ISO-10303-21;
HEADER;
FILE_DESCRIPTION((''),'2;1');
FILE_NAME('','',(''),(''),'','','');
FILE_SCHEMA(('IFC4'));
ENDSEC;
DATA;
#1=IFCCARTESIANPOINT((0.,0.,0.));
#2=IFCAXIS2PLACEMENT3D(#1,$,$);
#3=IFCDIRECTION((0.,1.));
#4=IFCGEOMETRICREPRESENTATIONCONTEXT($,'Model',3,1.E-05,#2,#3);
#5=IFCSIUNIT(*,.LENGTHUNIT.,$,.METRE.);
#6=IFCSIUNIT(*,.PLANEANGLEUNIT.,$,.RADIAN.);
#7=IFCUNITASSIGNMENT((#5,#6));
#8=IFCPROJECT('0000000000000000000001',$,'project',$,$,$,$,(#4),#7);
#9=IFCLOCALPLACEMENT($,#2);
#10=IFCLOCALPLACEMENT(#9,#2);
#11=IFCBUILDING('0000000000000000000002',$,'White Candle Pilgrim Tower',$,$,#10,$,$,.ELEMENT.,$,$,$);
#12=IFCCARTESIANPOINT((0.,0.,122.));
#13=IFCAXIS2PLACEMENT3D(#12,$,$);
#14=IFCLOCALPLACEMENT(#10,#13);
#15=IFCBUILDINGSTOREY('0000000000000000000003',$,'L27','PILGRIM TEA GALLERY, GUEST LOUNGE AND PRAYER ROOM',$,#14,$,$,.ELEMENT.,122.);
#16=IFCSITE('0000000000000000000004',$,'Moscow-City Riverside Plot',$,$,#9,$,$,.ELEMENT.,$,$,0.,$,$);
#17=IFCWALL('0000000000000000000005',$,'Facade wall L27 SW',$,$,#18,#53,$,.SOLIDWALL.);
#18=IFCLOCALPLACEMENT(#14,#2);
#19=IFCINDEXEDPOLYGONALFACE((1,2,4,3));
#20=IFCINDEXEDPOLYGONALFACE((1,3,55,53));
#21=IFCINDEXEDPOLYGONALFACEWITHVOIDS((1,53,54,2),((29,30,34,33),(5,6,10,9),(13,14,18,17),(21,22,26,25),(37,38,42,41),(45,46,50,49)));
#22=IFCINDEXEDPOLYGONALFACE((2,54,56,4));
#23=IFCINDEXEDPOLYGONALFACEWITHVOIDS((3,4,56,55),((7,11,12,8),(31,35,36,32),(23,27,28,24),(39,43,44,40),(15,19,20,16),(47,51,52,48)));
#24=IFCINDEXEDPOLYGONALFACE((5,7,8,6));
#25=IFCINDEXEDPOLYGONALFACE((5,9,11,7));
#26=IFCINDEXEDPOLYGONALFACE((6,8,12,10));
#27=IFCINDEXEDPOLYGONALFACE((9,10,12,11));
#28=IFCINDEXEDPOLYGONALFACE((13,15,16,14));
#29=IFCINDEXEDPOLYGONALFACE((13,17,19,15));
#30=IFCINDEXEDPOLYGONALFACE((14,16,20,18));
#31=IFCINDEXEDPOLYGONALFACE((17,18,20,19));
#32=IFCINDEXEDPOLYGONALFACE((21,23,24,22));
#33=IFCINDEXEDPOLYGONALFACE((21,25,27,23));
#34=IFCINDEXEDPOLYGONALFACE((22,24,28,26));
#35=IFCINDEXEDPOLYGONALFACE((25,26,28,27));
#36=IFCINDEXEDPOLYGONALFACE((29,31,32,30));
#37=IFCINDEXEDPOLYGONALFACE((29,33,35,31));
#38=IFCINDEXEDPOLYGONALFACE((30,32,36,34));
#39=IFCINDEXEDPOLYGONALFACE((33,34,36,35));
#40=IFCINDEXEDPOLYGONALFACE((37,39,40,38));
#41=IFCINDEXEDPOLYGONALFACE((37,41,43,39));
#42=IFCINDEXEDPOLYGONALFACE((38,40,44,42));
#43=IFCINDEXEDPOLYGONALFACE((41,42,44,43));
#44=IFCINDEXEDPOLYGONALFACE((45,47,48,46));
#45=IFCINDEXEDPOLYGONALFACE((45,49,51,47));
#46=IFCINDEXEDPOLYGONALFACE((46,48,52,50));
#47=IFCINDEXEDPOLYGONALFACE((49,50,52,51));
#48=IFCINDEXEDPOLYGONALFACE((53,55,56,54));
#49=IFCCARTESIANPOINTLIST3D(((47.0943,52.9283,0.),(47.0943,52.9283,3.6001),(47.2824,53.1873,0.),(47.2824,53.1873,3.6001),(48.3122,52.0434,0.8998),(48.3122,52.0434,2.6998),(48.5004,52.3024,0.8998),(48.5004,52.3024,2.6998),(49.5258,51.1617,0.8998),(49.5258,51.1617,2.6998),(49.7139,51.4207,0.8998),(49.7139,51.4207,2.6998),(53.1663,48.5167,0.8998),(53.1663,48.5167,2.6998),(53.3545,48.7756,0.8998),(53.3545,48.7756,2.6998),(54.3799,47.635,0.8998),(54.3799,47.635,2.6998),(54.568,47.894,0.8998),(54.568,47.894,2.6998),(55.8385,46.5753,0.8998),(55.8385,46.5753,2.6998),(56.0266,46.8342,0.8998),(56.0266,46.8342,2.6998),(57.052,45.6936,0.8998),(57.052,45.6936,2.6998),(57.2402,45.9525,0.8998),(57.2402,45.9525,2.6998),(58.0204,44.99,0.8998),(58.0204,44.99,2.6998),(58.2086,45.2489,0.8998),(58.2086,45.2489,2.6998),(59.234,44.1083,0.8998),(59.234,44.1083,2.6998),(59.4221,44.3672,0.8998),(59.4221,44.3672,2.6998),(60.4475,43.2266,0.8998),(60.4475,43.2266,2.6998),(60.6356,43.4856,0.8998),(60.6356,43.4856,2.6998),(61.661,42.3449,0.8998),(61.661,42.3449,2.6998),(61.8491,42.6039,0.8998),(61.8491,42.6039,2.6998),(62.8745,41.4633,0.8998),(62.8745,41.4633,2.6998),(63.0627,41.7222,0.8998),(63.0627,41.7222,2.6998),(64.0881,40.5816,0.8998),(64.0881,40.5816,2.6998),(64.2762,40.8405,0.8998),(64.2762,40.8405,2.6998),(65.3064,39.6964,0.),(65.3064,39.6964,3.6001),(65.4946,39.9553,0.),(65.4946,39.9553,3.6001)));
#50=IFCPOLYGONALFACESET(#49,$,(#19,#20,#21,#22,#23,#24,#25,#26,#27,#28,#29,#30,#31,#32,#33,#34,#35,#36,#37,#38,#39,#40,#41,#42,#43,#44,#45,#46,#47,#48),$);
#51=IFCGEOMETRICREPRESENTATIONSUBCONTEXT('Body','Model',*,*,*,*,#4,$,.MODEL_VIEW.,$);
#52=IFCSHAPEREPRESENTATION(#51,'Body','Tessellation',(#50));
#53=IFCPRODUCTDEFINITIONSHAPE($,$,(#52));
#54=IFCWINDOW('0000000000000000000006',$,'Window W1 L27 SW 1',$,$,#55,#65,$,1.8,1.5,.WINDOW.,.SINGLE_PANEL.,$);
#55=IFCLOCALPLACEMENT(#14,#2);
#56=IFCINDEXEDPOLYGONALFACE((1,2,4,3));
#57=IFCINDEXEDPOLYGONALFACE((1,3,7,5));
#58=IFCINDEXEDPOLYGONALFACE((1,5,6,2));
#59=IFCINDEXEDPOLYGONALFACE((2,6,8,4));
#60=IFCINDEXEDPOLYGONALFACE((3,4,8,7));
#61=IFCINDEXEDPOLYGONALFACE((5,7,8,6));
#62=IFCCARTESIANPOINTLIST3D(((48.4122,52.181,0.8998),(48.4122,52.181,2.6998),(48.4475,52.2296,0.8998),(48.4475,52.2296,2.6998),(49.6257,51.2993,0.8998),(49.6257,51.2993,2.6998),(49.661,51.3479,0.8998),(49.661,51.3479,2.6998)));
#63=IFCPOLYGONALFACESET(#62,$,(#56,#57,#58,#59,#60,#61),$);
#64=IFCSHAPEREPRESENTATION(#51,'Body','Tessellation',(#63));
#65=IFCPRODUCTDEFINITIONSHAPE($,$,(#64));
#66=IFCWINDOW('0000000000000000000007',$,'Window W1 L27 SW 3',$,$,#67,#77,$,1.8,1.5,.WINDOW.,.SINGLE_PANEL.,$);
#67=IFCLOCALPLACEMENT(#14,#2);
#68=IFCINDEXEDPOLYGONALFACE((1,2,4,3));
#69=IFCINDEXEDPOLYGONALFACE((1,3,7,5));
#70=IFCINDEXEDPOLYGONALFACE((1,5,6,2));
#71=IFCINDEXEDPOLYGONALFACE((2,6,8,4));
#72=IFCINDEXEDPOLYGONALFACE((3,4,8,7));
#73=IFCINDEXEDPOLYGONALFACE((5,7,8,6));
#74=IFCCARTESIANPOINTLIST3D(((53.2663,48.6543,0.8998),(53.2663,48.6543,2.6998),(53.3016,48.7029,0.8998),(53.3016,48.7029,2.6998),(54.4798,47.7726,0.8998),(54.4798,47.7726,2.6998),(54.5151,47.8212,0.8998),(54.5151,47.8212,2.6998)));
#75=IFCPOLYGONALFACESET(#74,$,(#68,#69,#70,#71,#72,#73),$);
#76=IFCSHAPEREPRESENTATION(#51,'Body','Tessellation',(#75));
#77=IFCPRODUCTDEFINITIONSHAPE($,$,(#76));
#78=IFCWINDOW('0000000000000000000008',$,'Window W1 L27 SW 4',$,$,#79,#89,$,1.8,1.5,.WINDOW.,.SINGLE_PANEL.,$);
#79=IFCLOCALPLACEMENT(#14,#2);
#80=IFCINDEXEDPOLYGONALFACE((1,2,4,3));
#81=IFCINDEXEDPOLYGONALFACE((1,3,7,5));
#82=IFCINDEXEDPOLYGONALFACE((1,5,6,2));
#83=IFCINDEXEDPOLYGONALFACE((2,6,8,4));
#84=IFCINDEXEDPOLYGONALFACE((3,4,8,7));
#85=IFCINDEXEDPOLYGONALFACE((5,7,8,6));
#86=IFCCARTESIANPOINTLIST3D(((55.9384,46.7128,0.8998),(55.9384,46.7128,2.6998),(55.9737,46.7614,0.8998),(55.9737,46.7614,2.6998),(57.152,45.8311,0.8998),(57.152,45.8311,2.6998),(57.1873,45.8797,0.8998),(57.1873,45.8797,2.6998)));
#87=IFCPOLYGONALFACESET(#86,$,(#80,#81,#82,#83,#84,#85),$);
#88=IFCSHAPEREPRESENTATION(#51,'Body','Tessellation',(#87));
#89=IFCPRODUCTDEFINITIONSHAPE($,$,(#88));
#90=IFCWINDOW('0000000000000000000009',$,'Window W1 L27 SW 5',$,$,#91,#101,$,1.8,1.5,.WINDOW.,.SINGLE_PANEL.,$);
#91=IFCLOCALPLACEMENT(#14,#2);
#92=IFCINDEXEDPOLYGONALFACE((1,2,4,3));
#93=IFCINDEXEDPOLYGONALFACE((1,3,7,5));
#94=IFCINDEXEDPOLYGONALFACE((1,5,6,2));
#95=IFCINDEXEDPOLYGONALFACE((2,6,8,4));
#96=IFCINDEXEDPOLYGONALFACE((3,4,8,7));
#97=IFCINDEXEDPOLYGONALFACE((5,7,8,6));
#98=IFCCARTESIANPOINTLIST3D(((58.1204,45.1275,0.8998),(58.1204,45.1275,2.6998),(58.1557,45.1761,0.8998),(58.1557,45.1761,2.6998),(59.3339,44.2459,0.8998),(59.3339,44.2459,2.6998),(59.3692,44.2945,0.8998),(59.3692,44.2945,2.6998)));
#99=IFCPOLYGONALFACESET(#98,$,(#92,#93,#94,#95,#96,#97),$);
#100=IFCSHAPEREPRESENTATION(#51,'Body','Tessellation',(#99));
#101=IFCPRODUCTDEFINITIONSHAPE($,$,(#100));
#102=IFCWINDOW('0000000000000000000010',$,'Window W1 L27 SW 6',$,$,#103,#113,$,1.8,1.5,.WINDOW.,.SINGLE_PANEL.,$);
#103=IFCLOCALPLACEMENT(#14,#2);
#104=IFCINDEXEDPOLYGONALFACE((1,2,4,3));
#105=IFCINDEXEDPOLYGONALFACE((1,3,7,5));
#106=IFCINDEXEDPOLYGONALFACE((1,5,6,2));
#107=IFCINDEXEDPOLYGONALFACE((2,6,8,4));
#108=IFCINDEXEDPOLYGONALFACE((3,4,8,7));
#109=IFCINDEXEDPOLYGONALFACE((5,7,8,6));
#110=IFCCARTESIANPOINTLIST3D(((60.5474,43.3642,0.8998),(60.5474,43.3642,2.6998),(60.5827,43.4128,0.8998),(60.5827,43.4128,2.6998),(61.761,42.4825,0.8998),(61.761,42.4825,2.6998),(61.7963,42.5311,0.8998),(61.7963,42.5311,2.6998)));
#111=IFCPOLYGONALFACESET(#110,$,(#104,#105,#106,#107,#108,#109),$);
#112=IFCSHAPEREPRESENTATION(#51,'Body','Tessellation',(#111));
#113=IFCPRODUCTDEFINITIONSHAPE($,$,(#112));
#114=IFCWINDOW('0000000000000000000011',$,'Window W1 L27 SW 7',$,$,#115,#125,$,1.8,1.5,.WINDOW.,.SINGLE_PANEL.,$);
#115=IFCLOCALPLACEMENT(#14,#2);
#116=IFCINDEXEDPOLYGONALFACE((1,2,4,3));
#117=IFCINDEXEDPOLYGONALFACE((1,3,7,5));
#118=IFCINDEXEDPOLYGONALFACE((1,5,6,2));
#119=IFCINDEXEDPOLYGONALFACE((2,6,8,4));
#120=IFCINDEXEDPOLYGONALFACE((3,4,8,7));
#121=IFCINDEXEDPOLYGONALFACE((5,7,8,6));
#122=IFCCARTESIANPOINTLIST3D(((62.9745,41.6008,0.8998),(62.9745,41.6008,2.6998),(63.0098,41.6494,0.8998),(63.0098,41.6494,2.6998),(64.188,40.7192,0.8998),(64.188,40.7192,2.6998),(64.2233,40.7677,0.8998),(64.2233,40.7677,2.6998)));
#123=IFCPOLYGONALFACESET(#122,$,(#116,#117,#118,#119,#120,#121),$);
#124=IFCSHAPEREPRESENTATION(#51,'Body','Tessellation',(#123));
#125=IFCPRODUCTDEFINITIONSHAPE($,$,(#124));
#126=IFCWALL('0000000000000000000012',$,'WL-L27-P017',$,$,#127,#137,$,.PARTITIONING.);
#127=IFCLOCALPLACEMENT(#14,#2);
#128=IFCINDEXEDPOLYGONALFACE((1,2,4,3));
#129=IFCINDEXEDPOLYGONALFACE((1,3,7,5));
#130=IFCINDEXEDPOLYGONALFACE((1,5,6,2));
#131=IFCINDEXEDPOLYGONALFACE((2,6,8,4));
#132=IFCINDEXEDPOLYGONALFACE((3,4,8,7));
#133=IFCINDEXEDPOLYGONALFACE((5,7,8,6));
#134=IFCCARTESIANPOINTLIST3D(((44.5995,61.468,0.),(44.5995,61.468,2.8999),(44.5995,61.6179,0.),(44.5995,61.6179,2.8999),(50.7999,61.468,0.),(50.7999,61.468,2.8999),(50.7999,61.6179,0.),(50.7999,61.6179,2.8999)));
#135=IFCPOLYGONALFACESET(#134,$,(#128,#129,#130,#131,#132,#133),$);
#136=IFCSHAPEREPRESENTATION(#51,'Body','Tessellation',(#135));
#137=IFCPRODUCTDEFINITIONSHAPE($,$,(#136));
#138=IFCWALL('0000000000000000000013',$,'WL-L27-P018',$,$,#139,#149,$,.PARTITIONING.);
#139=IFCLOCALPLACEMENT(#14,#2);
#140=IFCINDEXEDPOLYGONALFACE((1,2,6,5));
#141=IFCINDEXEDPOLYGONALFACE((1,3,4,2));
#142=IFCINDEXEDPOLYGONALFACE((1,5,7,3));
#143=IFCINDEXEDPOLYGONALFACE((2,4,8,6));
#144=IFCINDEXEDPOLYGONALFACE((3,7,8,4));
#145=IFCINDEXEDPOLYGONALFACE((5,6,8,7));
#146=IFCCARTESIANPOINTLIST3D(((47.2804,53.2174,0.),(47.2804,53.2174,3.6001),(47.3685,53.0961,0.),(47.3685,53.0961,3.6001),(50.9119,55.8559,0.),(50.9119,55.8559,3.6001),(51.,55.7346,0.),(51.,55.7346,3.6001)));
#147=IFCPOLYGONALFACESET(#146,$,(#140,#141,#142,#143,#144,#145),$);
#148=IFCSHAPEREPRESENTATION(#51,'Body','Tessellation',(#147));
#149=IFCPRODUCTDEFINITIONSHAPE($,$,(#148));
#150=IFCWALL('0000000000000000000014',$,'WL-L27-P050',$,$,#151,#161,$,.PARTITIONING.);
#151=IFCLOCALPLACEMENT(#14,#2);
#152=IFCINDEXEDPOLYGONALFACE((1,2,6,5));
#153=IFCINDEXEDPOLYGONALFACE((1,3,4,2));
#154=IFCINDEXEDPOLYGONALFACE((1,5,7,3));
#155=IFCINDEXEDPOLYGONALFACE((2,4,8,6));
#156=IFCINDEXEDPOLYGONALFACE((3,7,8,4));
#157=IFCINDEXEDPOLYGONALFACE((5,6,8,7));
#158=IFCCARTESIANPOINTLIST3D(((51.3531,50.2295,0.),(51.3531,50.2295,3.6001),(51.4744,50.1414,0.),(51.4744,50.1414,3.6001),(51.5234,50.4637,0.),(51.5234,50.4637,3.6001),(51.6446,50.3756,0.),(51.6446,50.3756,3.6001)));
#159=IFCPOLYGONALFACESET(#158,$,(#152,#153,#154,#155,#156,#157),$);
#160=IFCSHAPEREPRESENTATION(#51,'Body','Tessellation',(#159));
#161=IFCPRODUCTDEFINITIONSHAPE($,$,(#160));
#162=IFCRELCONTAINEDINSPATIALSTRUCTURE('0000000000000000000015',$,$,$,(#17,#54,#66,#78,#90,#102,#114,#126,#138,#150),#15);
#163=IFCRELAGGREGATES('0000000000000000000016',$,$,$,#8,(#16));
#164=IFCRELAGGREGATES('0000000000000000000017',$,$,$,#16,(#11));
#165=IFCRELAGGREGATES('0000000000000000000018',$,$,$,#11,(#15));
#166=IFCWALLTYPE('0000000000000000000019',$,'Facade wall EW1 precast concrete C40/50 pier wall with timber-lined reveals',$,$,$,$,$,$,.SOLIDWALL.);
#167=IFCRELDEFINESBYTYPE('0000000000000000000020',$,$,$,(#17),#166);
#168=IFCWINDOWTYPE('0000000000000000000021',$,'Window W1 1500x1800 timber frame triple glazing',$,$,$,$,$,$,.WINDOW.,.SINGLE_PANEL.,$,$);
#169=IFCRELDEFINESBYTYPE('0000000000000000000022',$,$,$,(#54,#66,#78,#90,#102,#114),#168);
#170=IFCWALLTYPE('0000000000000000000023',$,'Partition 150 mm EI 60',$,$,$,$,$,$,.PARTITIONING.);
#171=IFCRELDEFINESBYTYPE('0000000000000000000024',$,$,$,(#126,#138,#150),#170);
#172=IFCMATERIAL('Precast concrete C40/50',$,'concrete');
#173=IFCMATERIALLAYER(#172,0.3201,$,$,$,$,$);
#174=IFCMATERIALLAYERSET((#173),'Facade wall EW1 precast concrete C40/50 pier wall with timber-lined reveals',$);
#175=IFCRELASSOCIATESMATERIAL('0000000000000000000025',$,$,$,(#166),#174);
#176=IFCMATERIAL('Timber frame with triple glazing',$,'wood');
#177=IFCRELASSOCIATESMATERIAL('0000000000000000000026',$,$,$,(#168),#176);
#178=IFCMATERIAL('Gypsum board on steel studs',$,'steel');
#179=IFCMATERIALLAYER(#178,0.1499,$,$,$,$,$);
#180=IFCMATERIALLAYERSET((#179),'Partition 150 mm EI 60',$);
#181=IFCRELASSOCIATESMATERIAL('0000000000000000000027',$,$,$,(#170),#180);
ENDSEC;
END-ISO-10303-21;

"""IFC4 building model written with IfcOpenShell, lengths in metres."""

from ifc_helpers import new_model, si_unit, direction, frame, frame_2d, origin, place, context, subcontext, project, spatial, rectangle, extrude, material, layer, layer_set, type_object, element, fill, save


model = new_model("IFC4")

# Units and contexts
model_context = context("Model", 3, precision=1e-05, world=origin(), true_north=direction((0.0, 1.0)))
body_context = subcontext(model_context, "Body", "Model", "MODEL_VIEW")
ifc_project = project(units=[si_unit("LENGTHUNIT", "METRE"), si_unit("PLANEANGLEUNIT", "RADIAN")], contexts=[model_context])

# Site, building, storey
site_placement = place(None, origin())
site = spatial("IfcSite", under=ifc_project, at=site_placement, Name="Moscow-City Riverside Plot", CompositionType="ELEMENT", RefElevation=0.0)
building_placement = place(site_placement, origin())
building = spatial("IfcBuilding", under=site, at=building_placement, Name="White Candle Pilgrim Tower", CompositionType="ELEMENT")
storey_placement = place(building_placement, frame((0.0, 0.0, 122.0)))
storey = spatial("IfcBuildingStorey", under=building, at=storey_placement, Name="L27", Description="PILGRIM TEA GALLERY, GUEST LOUNGE AND PRAYER ROOM", CompositionType="ELEMENT", Elevation=122.0)

# Shared definitions
ifc_material_1 = material(Name="Gypsum board on steel studs", Category="steel")

# Wall, openings, windows
ifc_material_2 = material(Name="Precast concrete C40/50", Category="concrete")
ifc_layer_1 = layer(ifc_material_2, 0.3201)
ifc_layer_set_1 = layer_set([ifc_layer_1], Name="Facade wall EW1 precast concrete C40/50 pier wall with timber-lined reveals")
wall_type_1 = type_object("IfcWallType", Name="Facade wall EW1 precast concrete C40/50 pier wall with timber-lined reveals", PredefinedType="SOLIDWALL", material=ifc_layer_set_1)
ifc_material_3 = material(Name="Timber frame with triple glazing", Category="wood")
wall_1_placement = place(storey_placement, frame((47.1882, 53.0579, 0.0), z_axis=(0.0, 0.0, 1.0), x_axis=(0.809016, -0.587786, 0.0)))
wall_1 = element("IfcWall", 1, at=wall_1_placement, inside=storey, type_object=wall_type_1, Name="Facade wall L27 SW", PredefinedType="SOLIDWALL", context=body_context, shape_type="SweptSolid", body=[
    extrude(rectangle(XDim=22.5115, YDim=0.3201, at=frame_2d((11.2559, 0.0))), origin(), (0.0, 0.0, 1.0), 3.6001),
])
opening_1_placement = place(wall_1_placement, frame((1.5056, 0.0, 0.8999)))
opening_1 = element("IfcOpeningElement", 2, at=opening_1_placement, cuts=wall_1, PredefinedType="OPENING", context=body_context, shape_type="SweptSolid", body=[
    extrude(rectangle(XDim=1.5, YDim=1.8, at=frame_2d((0.75, 0.8999))), frame((0.0, 0.1699, 0.0), z_axis=(0.0, -1.0, 0.0), x_axis=(1.0, 0.0, 0.0)), (0.0, 0.0, 1.0), 0.3401),
])
opening_2_placement = place(wall_1_placement, frame((7.5056, 0.0, 0.8999)))
opening_2 = element("IfcOpeningElement", 3, at=opening_2_placement, cuts=wall_1, PredefinedType="OPENING", context=body_context, shape_type="SweptSolid", body=[
    extrude(rectangle(XDim=1.5, YDim=1.8, at=frame_2d((0.75, 0.8999))), frame((0.0, 0.1699, 0.0), z_axis=(0.0, -1.0, 0.0), x_axis=(1.0, 0.0, 0.0)), (0.0, 0.0, 1.0), 0.3401),
])
opening_3_placement = place(wall_1_placement, frame((10.8086, 0.0, 0.8999)))
opening_3 = element("IfcOpeningElement", 4, at=opening_3_placement, cuts=wall_1, PredefinedType="OPENING", context=body_context, shape_type="SweptSolid", body=[
    extrude(rectangle(XDim=1.5, YDim=1.8, at=frame_2d((0.75, 0.8999))), frame((0.0, 0.1699, 0.0), z_axis=(0.0, -1.0, 0.0), x_axis=(1.0, 0.0, 0.0)), (0.0, 0.0, 1.0), 0.3401),
])
opening_4_placement = place(wall_1_placement, frame((13.5056, 0.0, 0.8999)))
opening_4 = element("IfcOpeningElement", 5, at=opening_4_placement, cuts=wall_1, PredefinedType="OPENING", context=body_context, shape_type="SweptSolid", body=[
    extrude(rectangle(XDim=1.5, YDim=1.8, at=frame_2d((0.75, 0.8999))), frame((0.0, 0.1699, 0.0), z_axis=(0.0, -1.0, 0.0), x_axis=(1.0, 0.0, 0.0)), (0.0, 0.0, 1.0), 0.3401),
])
opening_5_placement = place(wall_1_placement, frame((16.5056, 0.0, 0.8999)))
opening_5 = element("IfcOpeningElement", 6, at=opening_5_placement, cuts=wall_1, PredefinedType="OPENING", context=body_context, shape_type="SweptSolid", body=[
    extrude(rectangle(XDim=1.5, YDim=1.8, at=frame_2d((0.75, 0.8999))), frame((0.0, 0.1699, 0.0), z_axis=(0.0, -1.0, 0.0), x_axis=(1.0, 0.0, 0.0)), (0.0, 0.0, 1.0), 0.3401),
])
opening_6_placement = place(wall_1_placement, frame((19.5056, 0.0, 0.8999)))
opening_6 = element("IfcOpeningElement", 7, at=opening_6_placement, cuts=wall_1, PredefinedType="OPENING", context=body_context, shape_type="SweptSolid", body=[
    extrude(rectangle(XDim=1.5, YDim=1.8, at=frame_2d((0.75, 0.8999))), frame((0.0, 0.1699, 0.0), z_axis=(0.0, -1.0, 0.0), x_axis=(1.0, 0.0, 0.0)), (0.0, 0.0, 1.0), 0.3401),
])
window_type_1 = type_object("IfcWindowType", Name="Window W1 1500x1800 timber frame triple glazing", PartitioningType="SINGLE_PANEL", PredefinedType="WINDOW", material=ifc_material_3)
window_1_placement = place(opening_1_placement, origin())
window_1 = element("IfcWindow", 8, at=window_1_placement, inside=storey, type_object=window_type_1, Name="Window W1 L27 SW 1", OverallHeight=1.8, OverallWidth=1.5, PartitioningType="SINGLE_PANEL", PredefinedType="WINDOW", context=body_context, shape_type="SweptSolid", body=[
    extrude(rectangle(XDim=1.5, YDim=1.8, at=frame_2d((0.75, 0.8999))), frame((0.0, 0.0701, 0.0), z_axis=(0.0, -1.0, 0.0), x_axis=(1.0, 0.0, 0.0)), (0.0, 0.0, 1.0), 0.0601),
])
fill(opening_1, window_1)
window_2_placement = place(opening_2_placement, origin())
window_2 = element("IfcWindow", 9, at=window_2_placement, inside=storey, type_object=window_type_1, Name="Window W1 L27 SW 3", OverallHeight=1.8, OverallWidth=1.5, PartitioningType="SINGLE_PANEL", PredefinedType="WINDOW", context=body_context, shape_type="SweptSolid", body=[
    extrude(rectangle(XDim=1.5, YDim=1.8, at=frame_2d((0.75, 0.8999))), frame((0.0, 0.0701, 0.0), z_axis=(0.0, -1.0, 0.0), x_axis=(1.0, 0.0, 0.0)), (0.0, 0.0, 1.0), 0.0601),
])
fill(opening_2, window_2)
window_3_placement = place(opening_3_placement, origin())
window_3 = element("IfcWindow", 10, at=window_3_placement, inside=storey, type_object=window_type_1, Name="Window W1 L27 SW 4", OverallHeight=1.8, OverallWidth=1.5, PartitioningType="SINGLE_PANEL", PredefinedType="WINDOW", context=body_context, shape_type="SweptSolid", body=[
    extrude(rectangle(XDim=1.5, YDim=1.8, at=frame_2d((0.75, 0.8999))), frame((0.0, 0.0701, 0.0), z_axis=(0.0, -1.0, 0.0), x_axis=(1.0, 0.0, 0.0)), (0.0, 0.0, 1.0), 0.0601),
])
fill(opening_3, window_3)
window_4_placement = place(opening_4_placement, origin())
window_4 = element("IfcWindow", 11, at=window_4_placement, inside=storey, type_object=window_type_1, Name="Window W1 L27 SW 5", OverallHeight=1.8, OverallWidth=1.5, PartitioningType="SINGLE_PANEL", PredefinedType="WINDOW", context=body_context, shape_type="SweptSolid", body=[
    extrude(rectangle(XDim=1.5, YDim=1.8, at=frame_2d((0.75, 0.8999))), frame((0.0, 0.0701, 0.0), z_axis=(0.0, -1.0, 0.0), x_axis=(1.0, 0.0, 0.0)), (0.0, 0.0, 1.0), 0.0601),
])
fill(opening_4, window_4)
window_5_placement = place(opening_5_placement, origin())
window_5 = element("IfcWindow", 12, at=window_5_placement, inside=storey, type_object=window_type_1, Name="Window W1 L27 SW 6", OverallHeight=1.8, OverallWidth=1.5, PartitioningType="SINGLE_PANEL", PredefinedType="WINDOW", context=body_context, shape_type="SweptSolid", body=[
    extrude(rectangle(XDim=1.5, YDim=1.8, at=frame_2d((0.75, 0.8999))), frame((0.0, 0.0701, 0.0), z_axis=(0.0, -1.0, 0.0), x_axis=(1.0, 0.0, 0.0)), (0.0, 0.0, 1.0), 0.0601),
])
fill(opening_5, window_5)
window_6_placement = place(opening_6_placement, origin())
window_6 = element("IfcWindow", 13, at=window_6_placement, inside=storey, type_object=window_type_1, Name="Window W1 L27 SW 7", OverallHeight=1.8, OverallWidth=1.5, PartitioningType="SINGLE_PANEL", PredefinedType="WINDOW", context=body_context, shape_type="SweptSolid", body=[
    extrude(rectangle(XDim=1.5, YDim=1.8, at=frame_2d((0.75, 0.8999))), frame((0.0, 0.0701, 0.0), z_axis=(0.0, -1.0, 0.0), x_axis=(1.0, 0.0, 0.0)), (0.0, 0.0, 1.0), 0.0601),
])
fill(opening_6, window_6)

# Walls
ifc_layer_2 = layer(ifc_material_1, 0.1499)
ifc_layer_set_2 = layer_set([ifc_layer_2], Name="Partition 150 mm EI 60")
wall_type_2 = type_object("IfcWallType", Name="Partition 150 mm EI 60", PredefinedType="PARTITIONING", material=ifc_layer_set_2)
wall_2_placement = place(storey_placement, frame((44.5996, 61.543, 0.0), z_axis=(0.0, 0.0, 1.0), x_axis=(1.0, 0.0, 0.0)))
element("IfcWall", 14, at=wall_2_placement, inside=storey, type_object=wall_type_2, Name="WL-L27-P017", PredefinedType="PARTITIONING", context=body_context, shape_type="SweptSolid", body=[
    extrude(rectangle(XDim=6.2004, YDim=0.1499, at=frame_2d((3.1001, 0.0))), origin(), (0.0, 0.0, 1.0), 2.8999),
])
wall_3_placement = place(storey_placement, frame((47.3245, 53.1567, 0.0), z_axis=(0.0, 0.0, 1.0), x_axis=(0.809006, 0.5878, 0.0)))
element("IfcWall", 15, at=wall_3_placement, inside=storey, type_object=wall_type_2, Name="WL-L27-P018", PredefinedType="PARTITIONING", context=body_context, shape_type="SweptSolid", body=[
    extrude(rectangle(XDim=4.4888, YDim=0.1499, at=frame_2d((2.2444, 0.0))), origin(), (0.0, 0.0, 1.0), 3.6001),
])
wall_4_placement = place(storey_placement, frame((51.584, 50.4197, 0.0), z_axis=(0.0, 0.0, 1.0), x_axis=(-0.587921, -0.808918, 0.0)))
element("IfcWall", 16, at=wall_4_placement, inside=storey, type_object=wall_type_2, Name="WL-L27-P050", PredefinedType="PARTITIONING", context=body_context, shape_type="SweptSolid", body=[
    extrude(rectangle(XDim=0.2896, YDim=0.1499, at=frame_2d((0.1448, 0.0))), origin(), (0.0, 0.0, 1.0), 3.6001),
])

save(model, "model.ifc")
